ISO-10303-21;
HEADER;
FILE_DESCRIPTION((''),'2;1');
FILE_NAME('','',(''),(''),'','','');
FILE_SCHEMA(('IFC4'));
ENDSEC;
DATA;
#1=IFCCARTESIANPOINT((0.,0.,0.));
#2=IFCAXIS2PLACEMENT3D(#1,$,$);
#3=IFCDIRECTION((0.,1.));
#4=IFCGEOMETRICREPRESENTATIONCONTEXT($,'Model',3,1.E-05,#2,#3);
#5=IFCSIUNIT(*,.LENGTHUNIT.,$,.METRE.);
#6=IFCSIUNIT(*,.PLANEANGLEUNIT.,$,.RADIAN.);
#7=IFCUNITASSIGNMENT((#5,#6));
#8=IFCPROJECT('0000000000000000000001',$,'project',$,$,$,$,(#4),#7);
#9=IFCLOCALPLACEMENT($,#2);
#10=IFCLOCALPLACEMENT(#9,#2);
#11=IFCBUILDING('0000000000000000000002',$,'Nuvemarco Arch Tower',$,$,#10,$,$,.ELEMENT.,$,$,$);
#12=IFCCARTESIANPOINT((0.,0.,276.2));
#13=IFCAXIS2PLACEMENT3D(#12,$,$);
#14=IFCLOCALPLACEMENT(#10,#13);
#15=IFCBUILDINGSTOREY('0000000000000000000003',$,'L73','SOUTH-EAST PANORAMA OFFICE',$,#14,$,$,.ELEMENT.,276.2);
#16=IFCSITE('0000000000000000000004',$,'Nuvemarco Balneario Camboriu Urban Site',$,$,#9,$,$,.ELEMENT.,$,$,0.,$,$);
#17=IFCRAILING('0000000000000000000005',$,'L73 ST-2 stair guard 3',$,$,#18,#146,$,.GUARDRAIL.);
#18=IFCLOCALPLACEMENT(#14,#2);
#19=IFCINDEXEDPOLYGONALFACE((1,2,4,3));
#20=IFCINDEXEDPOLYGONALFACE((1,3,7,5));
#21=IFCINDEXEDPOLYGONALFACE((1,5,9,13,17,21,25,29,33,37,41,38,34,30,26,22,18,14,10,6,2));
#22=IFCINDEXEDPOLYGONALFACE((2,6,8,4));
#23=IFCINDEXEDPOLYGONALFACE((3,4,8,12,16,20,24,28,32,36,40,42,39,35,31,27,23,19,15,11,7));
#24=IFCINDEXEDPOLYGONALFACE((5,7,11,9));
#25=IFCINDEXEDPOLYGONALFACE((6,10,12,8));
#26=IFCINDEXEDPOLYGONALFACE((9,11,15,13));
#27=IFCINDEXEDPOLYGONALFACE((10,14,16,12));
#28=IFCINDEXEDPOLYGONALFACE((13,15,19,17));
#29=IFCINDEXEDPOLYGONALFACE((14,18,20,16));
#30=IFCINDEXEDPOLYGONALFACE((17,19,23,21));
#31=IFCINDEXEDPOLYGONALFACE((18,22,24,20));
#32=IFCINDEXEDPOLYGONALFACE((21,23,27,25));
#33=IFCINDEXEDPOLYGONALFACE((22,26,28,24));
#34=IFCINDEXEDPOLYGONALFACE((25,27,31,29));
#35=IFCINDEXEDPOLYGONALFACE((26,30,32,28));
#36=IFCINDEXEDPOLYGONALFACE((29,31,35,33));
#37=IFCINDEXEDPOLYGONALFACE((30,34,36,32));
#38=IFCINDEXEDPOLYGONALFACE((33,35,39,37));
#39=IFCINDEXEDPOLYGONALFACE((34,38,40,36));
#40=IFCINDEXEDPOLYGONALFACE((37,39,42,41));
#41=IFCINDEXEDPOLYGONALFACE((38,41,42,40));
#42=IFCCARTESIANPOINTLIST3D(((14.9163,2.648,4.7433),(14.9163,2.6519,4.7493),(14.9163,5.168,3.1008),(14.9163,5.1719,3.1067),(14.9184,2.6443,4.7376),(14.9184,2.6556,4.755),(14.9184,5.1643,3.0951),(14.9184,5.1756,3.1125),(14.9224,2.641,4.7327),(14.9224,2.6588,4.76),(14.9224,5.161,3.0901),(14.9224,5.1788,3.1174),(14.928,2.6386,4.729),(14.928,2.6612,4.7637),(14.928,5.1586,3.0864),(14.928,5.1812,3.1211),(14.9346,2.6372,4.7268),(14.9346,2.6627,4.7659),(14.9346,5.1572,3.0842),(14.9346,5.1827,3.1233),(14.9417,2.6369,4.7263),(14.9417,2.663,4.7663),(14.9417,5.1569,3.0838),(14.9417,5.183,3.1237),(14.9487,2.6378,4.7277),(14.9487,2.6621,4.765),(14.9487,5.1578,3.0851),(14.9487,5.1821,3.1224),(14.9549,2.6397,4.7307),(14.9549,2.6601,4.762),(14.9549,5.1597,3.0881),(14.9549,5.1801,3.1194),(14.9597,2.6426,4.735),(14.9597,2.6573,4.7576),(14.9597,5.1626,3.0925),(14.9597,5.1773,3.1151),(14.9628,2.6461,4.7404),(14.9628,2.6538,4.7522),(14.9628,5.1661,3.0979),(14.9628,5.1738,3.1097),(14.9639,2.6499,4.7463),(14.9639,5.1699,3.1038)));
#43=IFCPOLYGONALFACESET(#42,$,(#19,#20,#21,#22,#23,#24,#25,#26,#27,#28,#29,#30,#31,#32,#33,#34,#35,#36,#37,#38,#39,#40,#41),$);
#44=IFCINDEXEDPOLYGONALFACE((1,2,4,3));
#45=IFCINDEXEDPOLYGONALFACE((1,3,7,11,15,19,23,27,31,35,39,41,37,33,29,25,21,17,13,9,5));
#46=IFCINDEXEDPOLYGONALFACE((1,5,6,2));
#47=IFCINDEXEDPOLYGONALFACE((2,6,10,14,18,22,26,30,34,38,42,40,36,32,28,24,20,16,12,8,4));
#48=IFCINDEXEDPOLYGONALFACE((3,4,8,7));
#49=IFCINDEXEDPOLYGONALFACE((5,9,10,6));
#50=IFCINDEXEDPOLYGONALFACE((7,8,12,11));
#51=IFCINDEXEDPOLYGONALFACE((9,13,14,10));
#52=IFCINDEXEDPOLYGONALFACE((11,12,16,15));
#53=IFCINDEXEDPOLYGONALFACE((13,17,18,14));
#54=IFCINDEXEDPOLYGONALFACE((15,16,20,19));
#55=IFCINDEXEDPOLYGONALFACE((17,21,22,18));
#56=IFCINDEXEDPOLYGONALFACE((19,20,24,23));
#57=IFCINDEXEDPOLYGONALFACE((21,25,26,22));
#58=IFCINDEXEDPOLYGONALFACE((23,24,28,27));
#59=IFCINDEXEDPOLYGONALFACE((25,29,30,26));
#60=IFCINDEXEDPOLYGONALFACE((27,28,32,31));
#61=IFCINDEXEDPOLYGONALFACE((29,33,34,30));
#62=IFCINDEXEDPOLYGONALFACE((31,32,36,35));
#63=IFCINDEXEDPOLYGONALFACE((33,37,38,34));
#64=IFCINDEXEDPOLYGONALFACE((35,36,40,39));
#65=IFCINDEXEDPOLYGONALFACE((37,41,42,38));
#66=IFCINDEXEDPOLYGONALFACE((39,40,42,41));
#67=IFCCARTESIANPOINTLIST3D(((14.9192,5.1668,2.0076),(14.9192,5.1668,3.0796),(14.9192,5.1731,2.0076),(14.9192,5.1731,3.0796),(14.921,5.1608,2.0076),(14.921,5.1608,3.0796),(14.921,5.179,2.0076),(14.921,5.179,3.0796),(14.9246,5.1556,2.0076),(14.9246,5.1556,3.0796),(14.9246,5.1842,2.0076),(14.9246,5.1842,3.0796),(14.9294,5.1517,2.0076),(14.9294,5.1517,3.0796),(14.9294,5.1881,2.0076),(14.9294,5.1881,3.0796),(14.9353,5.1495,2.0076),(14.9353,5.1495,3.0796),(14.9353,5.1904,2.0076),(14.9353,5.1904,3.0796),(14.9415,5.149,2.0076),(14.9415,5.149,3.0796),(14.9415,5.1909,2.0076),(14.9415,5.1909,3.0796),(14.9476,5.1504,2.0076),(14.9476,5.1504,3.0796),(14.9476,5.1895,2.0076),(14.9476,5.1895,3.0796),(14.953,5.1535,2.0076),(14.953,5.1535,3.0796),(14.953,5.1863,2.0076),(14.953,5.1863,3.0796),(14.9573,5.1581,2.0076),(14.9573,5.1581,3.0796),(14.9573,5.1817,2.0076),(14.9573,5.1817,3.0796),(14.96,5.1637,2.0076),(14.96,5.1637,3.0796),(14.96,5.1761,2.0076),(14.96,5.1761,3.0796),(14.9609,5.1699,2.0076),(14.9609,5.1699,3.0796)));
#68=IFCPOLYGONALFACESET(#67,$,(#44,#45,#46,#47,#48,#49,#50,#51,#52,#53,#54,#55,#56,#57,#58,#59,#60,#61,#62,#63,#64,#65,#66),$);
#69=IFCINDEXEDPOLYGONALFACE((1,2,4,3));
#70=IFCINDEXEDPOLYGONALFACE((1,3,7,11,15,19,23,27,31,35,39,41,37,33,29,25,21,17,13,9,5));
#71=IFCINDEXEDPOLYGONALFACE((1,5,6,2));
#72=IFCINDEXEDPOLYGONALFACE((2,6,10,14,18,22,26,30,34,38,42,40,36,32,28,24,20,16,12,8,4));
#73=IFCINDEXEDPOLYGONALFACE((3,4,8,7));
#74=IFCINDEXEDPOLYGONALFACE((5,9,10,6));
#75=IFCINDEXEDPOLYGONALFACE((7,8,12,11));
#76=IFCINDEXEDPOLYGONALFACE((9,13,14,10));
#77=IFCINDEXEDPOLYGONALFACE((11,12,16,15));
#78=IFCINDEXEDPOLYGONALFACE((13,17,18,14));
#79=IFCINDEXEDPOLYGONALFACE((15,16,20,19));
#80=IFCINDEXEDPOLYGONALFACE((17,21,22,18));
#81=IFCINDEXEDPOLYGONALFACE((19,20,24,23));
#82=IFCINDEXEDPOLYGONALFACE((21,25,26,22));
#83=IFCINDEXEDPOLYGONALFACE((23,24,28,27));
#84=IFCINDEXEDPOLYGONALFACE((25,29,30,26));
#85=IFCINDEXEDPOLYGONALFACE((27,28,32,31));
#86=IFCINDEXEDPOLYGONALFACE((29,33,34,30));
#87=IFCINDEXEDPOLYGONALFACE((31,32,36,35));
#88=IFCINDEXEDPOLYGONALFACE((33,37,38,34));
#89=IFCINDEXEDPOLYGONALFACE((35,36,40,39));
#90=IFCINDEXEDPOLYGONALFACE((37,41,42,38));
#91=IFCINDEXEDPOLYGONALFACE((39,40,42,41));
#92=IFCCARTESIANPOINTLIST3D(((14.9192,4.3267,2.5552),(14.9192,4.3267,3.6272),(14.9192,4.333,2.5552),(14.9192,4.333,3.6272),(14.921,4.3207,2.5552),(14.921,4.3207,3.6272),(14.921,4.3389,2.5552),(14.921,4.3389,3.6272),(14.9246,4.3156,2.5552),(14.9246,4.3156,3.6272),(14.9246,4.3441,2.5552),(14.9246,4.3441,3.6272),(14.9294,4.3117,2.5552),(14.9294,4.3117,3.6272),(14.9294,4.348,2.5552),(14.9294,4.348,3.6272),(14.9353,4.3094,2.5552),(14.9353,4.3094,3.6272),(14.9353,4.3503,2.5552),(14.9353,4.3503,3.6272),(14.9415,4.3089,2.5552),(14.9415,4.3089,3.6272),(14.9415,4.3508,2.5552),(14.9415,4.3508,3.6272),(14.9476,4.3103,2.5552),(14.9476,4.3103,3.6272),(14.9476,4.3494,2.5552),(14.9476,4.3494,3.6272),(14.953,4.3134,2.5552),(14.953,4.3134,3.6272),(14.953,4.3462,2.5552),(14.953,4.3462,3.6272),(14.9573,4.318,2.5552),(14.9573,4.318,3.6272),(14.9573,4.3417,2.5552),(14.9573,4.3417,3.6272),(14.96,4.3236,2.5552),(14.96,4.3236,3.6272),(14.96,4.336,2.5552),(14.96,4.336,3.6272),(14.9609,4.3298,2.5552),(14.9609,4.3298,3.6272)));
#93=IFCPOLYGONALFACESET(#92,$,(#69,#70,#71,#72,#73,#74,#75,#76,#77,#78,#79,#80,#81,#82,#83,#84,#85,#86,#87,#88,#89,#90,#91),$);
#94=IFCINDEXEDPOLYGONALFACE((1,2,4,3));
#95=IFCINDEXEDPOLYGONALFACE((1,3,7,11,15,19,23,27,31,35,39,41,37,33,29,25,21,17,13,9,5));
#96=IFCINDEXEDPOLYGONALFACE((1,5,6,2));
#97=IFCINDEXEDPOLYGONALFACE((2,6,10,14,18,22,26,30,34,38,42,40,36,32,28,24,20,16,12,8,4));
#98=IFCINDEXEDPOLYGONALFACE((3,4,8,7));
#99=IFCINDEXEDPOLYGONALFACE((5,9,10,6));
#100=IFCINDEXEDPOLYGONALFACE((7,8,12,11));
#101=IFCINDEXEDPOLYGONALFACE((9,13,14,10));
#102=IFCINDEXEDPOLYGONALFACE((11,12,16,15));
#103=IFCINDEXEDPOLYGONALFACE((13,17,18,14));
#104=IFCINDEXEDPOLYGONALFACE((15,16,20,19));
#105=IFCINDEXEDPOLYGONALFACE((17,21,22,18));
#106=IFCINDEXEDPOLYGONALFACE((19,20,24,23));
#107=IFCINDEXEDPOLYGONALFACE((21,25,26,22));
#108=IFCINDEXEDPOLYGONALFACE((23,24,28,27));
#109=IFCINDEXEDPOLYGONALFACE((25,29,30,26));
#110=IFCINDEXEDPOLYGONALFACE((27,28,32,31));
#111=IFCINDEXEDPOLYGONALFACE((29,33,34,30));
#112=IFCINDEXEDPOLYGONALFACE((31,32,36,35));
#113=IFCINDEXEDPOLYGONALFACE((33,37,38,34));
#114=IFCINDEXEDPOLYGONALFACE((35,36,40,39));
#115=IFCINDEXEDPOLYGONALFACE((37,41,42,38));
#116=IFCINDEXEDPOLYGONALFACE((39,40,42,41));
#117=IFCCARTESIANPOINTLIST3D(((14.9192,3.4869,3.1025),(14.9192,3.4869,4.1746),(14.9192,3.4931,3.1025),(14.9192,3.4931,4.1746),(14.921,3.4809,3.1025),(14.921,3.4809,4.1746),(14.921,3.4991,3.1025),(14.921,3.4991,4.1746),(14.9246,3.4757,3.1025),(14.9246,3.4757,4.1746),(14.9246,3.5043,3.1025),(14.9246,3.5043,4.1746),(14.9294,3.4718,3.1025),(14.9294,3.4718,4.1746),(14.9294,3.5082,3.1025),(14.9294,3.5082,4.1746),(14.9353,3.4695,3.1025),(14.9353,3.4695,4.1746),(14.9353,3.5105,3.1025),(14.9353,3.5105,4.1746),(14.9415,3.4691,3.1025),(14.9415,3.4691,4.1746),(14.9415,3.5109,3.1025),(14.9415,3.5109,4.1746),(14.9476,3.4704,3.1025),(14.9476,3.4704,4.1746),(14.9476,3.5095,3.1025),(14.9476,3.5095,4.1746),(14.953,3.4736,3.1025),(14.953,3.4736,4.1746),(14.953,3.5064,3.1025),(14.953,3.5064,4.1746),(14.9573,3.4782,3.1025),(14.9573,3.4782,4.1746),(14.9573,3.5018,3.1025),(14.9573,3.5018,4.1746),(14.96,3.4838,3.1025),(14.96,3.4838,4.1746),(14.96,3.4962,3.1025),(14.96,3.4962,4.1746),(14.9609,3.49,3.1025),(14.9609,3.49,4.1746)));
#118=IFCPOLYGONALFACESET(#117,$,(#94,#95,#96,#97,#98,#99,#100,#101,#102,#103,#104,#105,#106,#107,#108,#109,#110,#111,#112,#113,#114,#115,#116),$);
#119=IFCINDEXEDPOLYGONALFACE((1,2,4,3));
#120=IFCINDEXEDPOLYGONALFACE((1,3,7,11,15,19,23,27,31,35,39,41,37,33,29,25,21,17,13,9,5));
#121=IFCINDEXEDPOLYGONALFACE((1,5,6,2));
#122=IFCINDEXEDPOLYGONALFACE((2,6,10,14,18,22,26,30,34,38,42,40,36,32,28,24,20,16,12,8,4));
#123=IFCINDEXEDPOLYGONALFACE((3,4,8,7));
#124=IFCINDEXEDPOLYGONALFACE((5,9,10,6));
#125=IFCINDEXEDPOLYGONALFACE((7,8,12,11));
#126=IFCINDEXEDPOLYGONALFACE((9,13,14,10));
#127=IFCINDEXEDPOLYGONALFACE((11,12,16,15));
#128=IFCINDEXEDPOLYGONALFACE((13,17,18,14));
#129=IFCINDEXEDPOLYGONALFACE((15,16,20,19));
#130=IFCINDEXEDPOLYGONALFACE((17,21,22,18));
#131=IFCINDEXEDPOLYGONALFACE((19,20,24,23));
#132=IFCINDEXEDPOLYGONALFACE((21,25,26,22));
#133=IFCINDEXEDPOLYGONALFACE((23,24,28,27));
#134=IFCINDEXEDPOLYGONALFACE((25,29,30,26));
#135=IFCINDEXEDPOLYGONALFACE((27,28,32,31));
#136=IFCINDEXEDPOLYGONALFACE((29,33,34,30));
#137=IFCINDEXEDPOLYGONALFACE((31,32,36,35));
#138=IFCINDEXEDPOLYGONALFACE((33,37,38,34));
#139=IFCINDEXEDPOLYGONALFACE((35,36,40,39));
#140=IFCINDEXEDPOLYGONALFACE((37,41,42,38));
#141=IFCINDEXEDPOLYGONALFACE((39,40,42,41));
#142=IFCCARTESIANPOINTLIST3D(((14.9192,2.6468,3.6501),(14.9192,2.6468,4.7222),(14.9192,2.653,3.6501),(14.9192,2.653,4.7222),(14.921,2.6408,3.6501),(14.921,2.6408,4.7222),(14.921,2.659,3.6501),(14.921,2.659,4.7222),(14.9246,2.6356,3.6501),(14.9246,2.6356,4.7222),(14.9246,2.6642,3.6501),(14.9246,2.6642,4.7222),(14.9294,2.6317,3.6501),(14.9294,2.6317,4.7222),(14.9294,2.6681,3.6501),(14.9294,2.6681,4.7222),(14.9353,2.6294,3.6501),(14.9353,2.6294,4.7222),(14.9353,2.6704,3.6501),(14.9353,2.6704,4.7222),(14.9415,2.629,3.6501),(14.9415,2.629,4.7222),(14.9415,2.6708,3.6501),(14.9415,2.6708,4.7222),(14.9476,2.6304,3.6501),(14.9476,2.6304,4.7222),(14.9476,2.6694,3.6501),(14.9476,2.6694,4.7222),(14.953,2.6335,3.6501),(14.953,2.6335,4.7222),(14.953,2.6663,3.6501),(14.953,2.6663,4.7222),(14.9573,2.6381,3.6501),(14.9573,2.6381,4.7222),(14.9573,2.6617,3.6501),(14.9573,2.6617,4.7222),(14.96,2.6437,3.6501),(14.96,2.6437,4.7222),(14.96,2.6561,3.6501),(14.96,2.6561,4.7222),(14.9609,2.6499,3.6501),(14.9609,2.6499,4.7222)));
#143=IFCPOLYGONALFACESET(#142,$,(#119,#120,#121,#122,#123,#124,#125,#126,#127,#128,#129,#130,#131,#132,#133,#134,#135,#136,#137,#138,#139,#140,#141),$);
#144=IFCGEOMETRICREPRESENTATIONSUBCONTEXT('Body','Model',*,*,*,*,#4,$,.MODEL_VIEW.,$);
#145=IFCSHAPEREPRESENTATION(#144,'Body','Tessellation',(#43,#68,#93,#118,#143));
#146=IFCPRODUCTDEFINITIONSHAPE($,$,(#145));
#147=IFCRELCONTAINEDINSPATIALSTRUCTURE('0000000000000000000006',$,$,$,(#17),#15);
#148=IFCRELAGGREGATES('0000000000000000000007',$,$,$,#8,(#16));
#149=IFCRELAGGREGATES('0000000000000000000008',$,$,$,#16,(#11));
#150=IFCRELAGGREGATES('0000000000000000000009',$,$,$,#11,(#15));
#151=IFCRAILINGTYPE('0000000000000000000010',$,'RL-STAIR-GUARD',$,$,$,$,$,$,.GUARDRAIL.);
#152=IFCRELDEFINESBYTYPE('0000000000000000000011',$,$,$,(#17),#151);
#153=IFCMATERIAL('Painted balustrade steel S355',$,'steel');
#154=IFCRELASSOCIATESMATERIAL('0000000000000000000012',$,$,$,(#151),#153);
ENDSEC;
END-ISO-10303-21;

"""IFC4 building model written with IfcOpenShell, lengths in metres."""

from ifc_helpers import new_model, si_unit, direction, frame, origin, origin_2d, place, context, subcontext, project, spatial, circle, extrude, material, type_object, element, save


model = new_model("IFC4")

# Units and contexts
model_context = context("Model", 3, precision=1e-05, world=origin(), true_north=direction((0.0, 1.0)))
body_context = subcontext(model_context, "Body", "Model", "MODEL_VIEW")
ifc_project = project(units=[si_unit("LENGTHUNIT", "METRE"), si_unit("PLANEANGLEUNIT", "RADIAN")], contexts=[model_context])

# Site, building, storey
site_placement = place(None, origin())
site = spatial("IfcSite", under=ifc_project, at=site_placement, Name="Nuvemarco Balneario Camboriu Urban Site", CompositionType="ELEMENT", RefElevation=0.0)
building_placement = place(site_placement, origin())
building = spatial("IfcBuilding", under=site, at=building_placement, Name="Nuvemarco Arch Tower", CompositionType="ELEMENT")
storey_placement = place(building_placement, frame((0.0, 0.0, 276.2)))
storey = spatial("IfcBuildingStorey", under=building, at=storey_placement, Name="L73", Description="SOUTH-EAST PANORAMA OFFICE", CompositionType="ELEMENT", Elevation=276.2)

# Railing
ifc_material_1 = material(Name="Painted balustrade steel S355", Category="steel")
railing_type_1 = type_object("IfcRailingType", Name="RL-STAIR-GUARD", PredefinedType="GUARDRAIL", material=ifc_material_1)
railing_1_placement = place(storey_placement, frame((14.9399, 5.1699, 2.0076)))
element("IfcRailing", 1, at=railing_1_placement, inside=storey, type_object=railing_type_1, Name="L73 ST-2 stair guard 3", PredefinedType="GUARDRAIL", context=body_context, shape_type="SweptSolid", body=[
    extrude(circle(Radius=0.0239, at=origin_2d()), frame((0.0, 0.0, 1.0962), z_axis=(0.0, -0.837749, 0.546055), x_axis=(1.0, 0.0, 0.0)), (0.0, 0.0, 1.0), 3.0081),
    extrude(circle(Radius=0.021, at=origin_2d()), origin(), (0.0, 0.0, 1.0), 1.072),
    extrude(circle(Radius=0.021, at=origin_2d()), frame((0.0, -0.8401, 0.5476)), (0.0, 0.0, 1.0), 1.072),
    extrude(circle(Radius=0.021, at=origin_2d()), frame((0.0, -1.6799, 1.095)), (0.0, 0.0, 1.0), 1.072),
    extrude(circle(Radius=0.021, at=origin_2d()), frame((0.0, -2.52, 1.6426)), (0.0, 0.0, 1.0), 1.072),
])

save(model, "model.ifc")
